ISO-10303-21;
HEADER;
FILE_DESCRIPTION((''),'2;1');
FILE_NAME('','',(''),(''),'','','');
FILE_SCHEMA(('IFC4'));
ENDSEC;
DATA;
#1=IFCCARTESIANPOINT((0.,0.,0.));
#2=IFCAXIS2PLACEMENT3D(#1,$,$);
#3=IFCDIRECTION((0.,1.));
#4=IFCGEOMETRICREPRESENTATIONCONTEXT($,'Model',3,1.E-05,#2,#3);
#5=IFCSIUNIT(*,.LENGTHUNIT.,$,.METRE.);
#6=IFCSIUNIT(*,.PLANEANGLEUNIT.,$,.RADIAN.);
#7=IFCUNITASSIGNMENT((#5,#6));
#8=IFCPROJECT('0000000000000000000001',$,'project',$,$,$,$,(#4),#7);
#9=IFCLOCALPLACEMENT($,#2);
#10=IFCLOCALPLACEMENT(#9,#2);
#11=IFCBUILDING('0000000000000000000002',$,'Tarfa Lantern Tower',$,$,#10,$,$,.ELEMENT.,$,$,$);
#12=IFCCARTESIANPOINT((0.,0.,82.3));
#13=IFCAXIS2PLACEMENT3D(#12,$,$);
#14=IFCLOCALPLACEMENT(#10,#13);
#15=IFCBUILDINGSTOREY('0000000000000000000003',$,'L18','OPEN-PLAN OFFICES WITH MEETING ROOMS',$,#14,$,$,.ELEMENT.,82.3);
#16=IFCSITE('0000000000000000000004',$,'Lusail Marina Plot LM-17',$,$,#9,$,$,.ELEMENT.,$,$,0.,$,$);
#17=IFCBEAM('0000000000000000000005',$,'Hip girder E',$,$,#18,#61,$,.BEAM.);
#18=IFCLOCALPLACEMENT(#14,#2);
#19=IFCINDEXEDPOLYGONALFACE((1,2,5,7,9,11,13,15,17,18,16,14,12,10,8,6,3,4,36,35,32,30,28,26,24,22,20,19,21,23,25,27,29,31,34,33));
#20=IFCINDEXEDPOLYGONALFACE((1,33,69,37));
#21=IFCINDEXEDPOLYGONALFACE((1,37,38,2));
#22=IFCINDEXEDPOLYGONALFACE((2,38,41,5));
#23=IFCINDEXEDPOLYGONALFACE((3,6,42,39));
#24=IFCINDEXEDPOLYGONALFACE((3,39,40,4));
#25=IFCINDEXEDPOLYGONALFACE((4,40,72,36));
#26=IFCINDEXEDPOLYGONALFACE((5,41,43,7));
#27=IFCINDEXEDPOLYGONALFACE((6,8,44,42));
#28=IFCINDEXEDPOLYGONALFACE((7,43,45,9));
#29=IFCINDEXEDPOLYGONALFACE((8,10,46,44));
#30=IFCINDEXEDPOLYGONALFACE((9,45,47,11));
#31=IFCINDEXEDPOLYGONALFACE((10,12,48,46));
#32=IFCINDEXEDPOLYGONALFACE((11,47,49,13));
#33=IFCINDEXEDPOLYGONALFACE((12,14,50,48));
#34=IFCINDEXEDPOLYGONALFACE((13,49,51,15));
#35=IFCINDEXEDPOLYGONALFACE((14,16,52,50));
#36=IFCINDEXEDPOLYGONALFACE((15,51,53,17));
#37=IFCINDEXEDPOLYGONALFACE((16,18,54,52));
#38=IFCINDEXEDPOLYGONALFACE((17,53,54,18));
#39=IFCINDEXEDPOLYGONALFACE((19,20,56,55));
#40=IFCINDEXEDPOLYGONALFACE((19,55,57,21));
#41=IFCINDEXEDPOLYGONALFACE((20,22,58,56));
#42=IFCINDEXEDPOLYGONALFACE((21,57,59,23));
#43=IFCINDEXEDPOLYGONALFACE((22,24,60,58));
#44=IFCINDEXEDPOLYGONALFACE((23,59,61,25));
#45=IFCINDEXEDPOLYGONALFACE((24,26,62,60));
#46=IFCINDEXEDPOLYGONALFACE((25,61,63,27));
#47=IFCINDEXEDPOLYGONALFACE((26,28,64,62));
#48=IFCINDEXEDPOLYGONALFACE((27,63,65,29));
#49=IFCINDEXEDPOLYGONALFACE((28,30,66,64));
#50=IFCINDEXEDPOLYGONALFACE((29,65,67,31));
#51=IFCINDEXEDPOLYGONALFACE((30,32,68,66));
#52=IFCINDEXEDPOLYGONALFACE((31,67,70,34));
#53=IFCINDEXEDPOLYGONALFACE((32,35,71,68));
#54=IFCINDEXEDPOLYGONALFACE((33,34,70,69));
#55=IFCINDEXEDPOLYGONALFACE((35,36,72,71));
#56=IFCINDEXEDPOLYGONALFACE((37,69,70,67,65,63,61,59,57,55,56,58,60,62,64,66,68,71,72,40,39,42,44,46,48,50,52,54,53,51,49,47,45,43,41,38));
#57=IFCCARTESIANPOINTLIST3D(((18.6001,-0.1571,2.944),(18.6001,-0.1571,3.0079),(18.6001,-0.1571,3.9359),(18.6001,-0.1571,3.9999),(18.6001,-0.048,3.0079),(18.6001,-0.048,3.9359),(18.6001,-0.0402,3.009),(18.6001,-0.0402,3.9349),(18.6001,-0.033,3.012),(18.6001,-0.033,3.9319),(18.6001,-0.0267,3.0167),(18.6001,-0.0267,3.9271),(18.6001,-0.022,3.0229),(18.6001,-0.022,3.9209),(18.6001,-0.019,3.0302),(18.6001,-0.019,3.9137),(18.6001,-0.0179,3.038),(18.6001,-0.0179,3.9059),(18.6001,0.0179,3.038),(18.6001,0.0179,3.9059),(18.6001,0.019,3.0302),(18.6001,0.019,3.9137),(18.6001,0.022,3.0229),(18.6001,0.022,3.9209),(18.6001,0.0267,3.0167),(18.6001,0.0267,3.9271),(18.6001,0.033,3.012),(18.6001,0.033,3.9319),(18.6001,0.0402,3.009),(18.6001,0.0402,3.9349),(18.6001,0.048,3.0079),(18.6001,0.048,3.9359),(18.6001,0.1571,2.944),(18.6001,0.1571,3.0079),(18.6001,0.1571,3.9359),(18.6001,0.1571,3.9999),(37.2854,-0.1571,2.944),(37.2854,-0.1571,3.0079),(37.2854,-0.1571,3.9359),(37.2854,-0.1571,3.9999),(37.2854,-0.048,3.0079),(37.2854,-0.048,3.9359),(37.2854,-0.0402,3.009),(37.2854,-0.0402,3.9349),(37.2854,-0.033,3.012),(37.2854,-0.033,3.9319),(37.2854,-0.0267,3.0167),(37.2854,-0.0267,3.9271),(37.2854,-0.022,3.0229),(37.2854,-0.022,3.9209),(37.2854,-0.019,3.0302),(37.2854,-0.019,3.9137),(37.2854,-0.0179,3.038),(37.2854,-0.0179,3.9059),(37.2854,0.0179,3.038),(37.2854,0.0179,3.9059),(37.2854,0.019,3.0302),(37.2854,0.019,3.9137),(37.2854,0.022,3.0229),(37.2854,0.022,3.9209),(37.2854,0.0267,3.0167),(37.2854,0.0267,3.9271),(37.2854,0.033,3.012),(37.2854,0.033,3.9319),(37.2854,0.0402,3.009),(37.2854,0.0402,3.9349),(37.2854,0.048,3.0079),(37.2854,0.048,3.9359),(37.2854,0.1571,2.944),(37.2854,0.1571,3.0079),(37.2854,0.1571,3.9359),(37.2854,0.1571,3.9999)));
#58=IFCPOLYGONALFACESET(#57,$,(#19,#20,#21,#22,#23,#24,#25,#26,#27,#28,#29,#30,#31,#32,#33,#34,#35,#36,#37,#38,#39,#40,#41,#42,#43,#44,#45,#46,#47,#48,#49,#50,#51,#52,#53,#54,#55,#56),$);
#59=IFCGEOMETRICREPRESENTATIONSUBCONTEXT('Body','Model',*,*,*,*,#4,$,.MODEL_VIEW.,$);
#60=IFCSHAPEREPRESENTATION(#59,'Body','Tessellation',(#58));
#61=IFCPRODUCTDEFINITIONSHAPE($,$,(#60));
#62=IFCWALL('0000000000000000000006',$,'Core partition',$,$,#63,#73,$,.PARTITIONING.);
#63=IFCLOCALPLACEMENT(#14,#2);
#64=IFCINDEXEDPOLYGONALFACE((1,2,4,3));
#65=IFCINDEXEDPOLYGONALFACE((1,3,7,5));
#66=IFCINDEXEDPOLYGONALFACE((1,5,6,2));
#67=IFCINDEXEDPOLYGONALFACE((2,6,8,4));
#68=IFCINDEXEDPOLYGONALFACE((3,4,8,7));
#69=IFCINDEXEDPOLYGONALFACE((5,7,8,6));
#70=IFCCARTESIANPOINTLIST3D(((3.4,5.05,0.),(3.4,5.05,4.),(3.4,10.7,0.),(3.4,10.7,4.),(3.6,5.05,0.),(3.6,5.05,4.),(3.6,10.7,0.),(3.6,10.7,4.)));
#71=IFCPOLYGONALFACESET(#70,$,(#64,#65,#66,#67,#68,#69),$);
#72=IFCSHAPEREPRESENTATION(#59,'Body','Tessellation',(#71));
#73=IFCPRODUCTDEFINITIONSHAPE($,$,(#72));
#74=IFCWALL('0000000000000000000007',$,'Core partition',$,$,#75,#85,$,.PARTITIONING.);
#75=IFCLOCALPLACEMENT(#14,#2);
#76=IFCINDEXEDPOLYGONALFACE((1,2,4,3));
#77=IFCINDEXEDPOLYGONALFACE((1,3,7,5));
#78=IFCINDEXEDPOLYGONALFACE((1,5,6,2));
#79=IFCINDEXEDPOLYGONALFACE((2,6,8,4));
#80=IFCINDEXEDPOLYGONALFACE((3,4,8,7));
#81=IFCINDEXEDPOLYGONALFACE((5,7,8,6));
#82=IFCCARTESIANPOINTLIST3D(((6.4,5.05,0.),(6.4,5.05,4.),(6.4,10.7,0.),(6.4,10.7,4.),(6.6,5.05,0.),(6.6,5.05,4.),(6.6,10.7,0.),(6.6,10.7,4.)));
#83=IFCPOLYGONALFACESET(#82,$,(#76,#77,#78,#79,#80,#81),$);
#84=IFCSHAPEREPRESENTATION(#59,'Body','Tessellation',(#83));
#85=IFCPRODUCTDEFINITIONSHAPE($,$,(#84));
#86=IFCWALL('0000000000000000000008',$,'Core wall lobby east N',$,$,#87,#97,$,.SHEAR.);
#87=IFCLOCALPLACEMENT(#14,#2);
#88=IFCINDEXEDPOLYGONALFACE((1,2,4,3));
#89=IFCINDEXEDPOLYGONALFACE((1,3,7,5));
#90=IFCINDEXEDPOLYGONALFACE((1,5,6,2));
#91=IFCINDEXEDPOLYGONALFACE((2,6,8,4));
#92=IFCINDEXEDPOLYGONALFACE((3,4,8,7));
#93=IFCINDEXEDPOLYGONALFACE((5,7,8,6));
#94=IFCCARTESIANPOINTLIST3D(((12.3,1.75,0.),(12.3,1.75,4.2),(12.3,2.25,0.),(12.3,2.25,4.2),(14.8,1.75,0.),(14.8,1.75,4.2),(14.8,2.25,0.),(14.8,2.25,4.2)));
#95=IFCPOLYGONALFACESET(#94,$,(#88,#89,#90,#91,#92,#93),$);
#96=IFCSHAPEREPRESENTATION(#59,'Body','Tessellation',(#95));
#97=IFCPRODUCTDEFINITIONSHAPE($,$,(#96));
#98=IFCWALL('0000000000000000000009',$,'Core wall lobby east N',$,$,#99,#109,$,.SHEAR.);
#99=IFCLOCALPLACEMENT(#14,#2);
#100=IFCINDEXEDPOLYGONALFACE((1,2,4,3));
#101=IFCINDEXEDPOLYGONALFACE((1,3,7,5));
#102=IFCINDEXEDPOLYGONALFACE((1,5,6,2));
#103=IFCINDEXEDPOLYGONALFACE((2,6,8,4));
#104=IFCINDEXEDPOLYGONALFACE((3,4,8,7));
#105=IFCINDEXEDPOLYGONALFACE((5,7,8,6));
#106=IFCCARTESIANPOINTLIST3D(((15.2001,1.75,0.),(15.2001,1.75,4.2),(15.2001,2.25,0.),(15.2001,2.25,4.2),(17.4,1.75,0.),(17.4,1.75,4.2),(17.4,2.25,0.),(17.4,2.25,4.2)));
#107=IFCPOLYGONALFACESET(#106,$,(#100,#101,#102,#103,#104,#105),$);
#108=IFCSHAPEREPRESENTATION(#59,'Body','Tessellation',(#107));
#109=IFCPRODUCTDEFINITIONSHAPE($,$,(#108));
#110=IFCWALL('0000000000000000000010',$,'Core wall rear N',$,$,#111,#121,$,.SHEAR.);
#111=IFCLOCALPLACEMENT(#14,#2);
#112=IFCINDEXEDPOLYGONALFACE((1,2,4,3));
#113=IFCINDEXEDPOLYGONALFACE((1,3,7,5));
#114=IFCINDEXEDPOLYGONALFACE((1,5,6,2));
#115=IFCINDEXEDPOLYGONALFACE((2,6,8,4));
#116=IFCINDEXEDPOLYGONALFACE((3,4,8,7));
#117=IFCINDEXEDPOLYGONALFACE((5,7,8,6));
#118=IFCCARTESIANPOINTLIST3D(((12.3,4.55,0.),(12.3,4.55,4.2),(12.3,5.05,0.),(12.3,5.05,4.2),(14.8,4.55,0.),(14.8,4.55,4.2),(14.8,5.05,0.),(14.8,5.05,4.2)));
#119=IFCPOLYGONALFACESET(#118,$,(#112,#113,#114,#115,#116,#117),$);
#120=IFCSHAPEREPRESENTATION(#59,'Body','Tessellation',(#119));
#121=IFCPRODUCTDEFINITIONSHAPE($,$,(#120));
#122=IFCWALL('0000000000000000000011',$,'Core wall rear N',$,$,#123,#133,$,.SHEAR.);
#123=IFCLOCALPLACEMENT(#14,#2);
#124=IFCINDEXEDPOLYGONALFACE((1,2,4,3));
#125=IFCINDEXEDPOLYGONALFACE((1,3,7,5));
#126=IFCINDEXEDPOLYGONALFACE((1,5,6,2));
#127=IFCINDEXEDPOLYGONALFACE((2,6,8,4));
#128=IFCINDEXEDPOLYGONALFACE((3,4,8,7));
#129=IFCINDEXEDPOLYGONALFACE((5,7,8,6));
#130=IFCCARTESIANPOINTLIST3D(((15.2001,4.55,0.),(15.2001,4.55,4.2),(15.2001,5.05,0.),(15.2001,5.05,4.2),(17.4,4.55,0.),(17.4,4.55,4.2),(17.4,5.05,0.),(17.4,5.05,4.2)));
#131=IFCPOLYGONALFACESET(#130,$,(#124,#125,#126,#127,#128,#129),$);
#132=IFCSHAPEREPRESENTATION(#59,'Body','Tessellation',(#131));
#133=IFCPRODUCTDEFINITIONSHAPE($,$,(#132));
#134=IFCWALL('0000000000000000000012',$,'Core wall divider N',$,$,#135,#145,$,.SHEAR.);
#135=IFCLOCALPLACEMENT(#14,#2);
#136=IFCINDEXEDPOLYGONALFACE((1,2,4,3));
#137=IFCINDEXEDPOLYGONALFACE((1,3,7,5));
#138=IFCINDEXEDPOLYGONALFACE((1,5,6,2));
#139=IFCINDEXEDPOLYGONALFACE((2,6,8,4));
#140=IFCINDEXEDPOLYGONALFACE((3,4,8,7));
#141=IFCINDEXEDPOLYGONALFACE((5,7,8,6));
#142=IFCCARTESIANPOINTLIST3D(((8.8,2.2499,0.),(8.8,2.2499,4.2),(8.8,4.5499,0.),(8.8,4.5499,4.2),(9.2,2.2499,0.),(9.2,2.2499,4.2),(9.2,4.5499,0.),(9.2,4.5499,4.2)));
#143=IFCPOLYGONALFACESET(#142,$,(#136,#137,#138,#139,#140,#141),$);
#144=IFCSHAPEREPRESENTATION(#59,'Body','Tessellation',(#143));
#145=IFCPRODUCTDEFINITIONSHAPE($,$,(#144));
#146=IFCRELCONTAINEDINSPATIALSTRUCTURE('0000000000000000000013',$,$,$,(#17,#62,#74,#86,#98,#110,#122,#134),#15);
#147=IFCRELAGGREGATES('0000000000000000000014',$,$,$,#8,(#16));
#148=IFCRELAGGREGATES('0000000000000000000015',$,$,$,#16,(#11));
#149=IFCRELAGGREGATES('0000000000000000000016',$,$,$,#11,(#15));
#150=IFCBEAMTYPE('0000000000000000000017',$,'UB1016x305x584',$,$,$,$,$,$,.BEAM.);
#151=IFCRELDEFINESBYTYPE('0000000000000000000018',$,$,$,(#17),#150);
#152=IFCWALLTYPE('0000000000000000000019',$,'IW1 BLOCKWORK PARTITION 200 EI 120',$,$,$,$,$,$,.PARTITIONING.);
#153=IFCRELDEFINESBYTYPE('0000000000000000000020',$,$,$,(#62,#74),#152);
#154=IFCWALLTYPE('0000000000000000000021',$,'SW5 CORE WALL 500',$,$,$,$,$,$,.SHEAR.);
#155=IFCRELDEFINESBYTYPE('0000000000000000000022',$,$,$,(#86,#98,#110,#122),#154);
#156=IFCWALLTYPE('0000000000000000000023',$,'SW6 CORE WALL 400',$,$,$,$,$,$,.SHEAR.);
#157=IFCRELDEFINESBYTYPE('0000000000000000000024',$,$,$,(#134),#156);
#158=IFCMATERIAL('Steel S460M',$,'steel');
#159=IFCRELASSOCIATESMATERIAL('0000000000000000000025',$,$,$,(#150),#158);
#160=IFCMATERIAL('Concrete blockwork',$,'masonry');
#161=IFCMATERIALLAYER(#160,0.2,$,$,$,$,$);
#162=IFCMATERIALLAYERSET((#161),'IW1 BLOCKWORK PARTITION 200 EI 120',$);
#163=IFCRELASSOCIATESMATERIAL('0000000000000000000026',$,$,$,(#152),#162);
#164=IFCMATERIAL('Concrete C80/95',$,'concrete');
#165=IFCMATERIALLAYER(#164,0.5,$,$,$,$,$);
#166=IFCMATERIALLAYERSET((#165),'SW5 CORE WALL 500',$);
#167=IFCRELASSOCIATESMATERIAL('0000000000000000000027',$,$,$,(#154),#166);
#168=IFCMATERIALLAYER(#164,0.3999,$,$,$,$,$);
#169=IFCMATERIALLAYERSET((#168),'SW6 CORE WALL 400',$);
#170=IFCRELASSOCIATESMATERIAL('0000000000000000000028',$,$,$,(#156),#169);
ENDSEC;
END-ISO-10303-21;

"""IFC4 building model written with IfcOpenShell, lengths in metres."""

from ifc_helpers import new_model, si_unit, direction, frame, frame_2d, origin, origin_2d, place, context, subcontext, project, spatial, rectangle, i_section, extrude, material, layer, layer_set, material_profile, profile_set, type_object, element, save


model = new_model("IFC4")

# Units and contexts
model_context = context("Model", 3, precision=1e-05, world=origin(), true_north=direction((0.0, 1.0)))
body_context = subcontext(model_context, "Body", "Model", "MODEL_VIEW")
ifc_project = project(units=[si_unit("LENGTHUNIT", "METRE"), si_unit("PLANEANGLEUNIT", "RADIAN")], contexts=[model_context])

# Site, building, storey
site_placement = place(None, origin())
site = spatial("IfcSite", under=ifc_project, at=site_placement, Name="Lusail Marina Plot LM-17", CompositionType="ELEMENT", RefElevation=0.0)
building_placement = place(site_placement, origin())
building = spatial("IfcBuilding", under=site, at=building_placement, Name="Tarfa Lantern Tower", CompositionType="ELEMENT")
storey_placement = place(building_placement, frame((0.0, 0.0, 82.3)))
storey = spatial("IfcBuildingStorey", under=building, at=storey_placement, Name="L18", Description="OPEN-PLAN OFFICES WITH MEETING ROOMS", CompositionType="ELEMENT", Elevation=82.3)

# Beam
ifc_material_1 = material(Name="Steel S460M", Category="steel")
ifc_material_profile = material_profile(ifc_material_1, i_section(OverallWidth=0.3142, OverallDepth=1.0559, WebThickness=0.0359, FlangeThickness=0.064, FilletRadius=0.03, at=origin_2d()), Name="UB1016x305x584")
ifc_profile_set = profile_set([ifc_material_profile], Name="Steel S460M")
beam_type = type_object("IfcBeamType", Name="UB1016x305x584", PredefinedType="BEAM", material=ifc_profile_set)
beam_placement = place(storey_placement, frame((18.6001, 0.0, 3.4719), z_axis=(1.0, 0.0, 0.0), x_axis=(0.0, 1.0, 0.0)))
element("IfcBeam", 1, at=beam_placement, inside=storey, type_object=beam_type, Name="Hip girder E", PredefinedType="BEAM", context=body_context, shape_type="SweptSolid", body=[
    extrude(i_section(OverallWidth=0.3142, OverallDepth=1.0559, WebThickness=0.0359, FlangeThickness=0.064, FilletRadius=0.03, at=origin_2d()), origin(), (0.0, 0.0, 1.0), 18.6853),
])

# Walls
ifc_material_2 = material(Name="Concrete blockwork", Category="masonry")
ifc_layer_1 = layer(ifc_material_2, 0.2)
ifc_layer_set_1 = layer_set([ifc_layer_1], Name="IW1 BLOCKWORK PARTITION 200 EI 120")
wall_type_1 = type_object("IfcWallType", Name="IW1 BLOCKWORK PARTITION 200 EI 120", PredefinedType="PARTITIONING", material=ifc_layer_set_1)
for number, where, z_axis, x_axis, name in (
    (2, (3.5, 5.05, 0.0), (0.0, 0.0, 1.0), (0.0, 1.0, 0.0), "Core partition"),
    (3, (6.5, 5.05, 0.0), (0.0, 0.0, 1.0), (0.0, 1.0, 0.0), "Core partition"),
):
    element("IfcWall", number, at=place(storey_placement, frame(where, z_axis=z_axis, x_axis=x_axis)), inside=storey, type_object=wall_type_1, Name=name, PredefinedType="PARTITIONING", context=body_context, shape_type="SweptSolid", body=[
        extrude(rectangle(XDim=5.6499, YDim=0.2, at=frame_2d((2.825, 0.0))), origin(), (0.0, 0.0, 1.0), 4.0),
    ])
ifc_material_3 = material(Name="Concrete C80/95", Category="concrete")
ifc_layer_2 = layer(ifc_material_3, 0.5)
ifc_layer_set_2 = layer_set([ifc_layer_2], Name="SW5 CORE WALL 500")
wall_type_2 = type_object("IfcWallType", Name="SW5 CORE WALL 500", PredefinedType="SHEAR", material=ifc_layer_set_2)
wall_1_placement = place(storey_placement, frame((12.3, 2.0, 0.0), z_axis=(0.0, 0.0, 1.0), x_axis=(1.0, 0.0, 0.0)))
element("IfcWall", 4, at=wall_1_placement, inside=storey, type_object=wall_type_2, Name="Core wall lobby east N", PredefinedType="SHEAR", context=body_context, shape_type="SweptSolid", body=[
    extrude(rectangle(XDim=2.5, YDim=0.5, at=frame_2d((1.25, 0.0))), origin(), (0.0, 0.0, 1.0), 4.2),
])
wall_2_placement = place(storey_placement, frame((15.2, 2.0, 0.0), z_axis=(0.0, 0.0, 1.0), x_axis=(1.0, 0.0, 0.0)))
element("IfcWall", 5, at=wall_2_placement, inside=storey, type_object=wall_type_2, Name="Core wall lobby east N", PredefinedType="SHEAR", context=body_context, shape_type="SweptSolid", body=[
    extrude(rectangle(XDim=2.2, YDim=0.5, at=frame_2d((1.1001, 0.0))), origin(), (0.0, 0.0, 1.0), 4.2),
])
wall_3_placement = place(storey_placement, frame((12.3, 4.8, 0.0), z_axis=(0.0, 0.0, 1.0), x_axis=(1.0, 0.0, 0.0)))
element("IfcWall", 6, at=wall_3_placement, inside=storey, type_object=wall_type_2, Name="Core wall rear N", PredefinedType="SHEAR", context=body_context, shape_type="SweptSolid", body=[
    extrude(rectangle(XDim=2.5, YDim=0.5, at=frame_2d((1.25, 0.0))), origin(), (0.0, 0.0, 1.0), 4.2),
])
wall_4_placement = place(storey_placement, frame((15.2, 4.8, 0.0), z_axis=(0.0, 0.0, 1.0), x_axis=(1.0, 0.0, 0.0)))
element("IfcWall", 7, at=wall_4_placement, inside=storey, type_object=wall_type_2, Name="Core wall rear N", PredefinedType="SHEAR", context=body_context, shape_type="SweptSolid", body=[
    extrude(rectangle(XDim=2.2, YDim=0.5, at=frame_2d((1.1001, 0.0))), origin(), (0.0, 0.0, 1.0), 4.2),
])
ifc_layer_3 = layer(ifc_material_3, 0.3999)
ifc_layer_set_3 = layer_set([ifc_layer_3], Name="SW6 CORE WALL 400")
wall_type_3 = type_object("IfcWallType", Name="SW6 CORE WALL 400", PredefinedType="SHEAR", material=ifc_layer_set_3)
wall_5_placement = place(storey_placement, frame((9.0, 2.25, 0.0), z_axis=(0.0, 0.0, 1.0), x_axis=(0.0, 1.0, 0.0)))
element("IfcWall", 8, at=wall_5_placement, inside=storey, type_object=wall_type_3, Name="Core wall divider N", PredefinedType="SHEAR", context=body_context, shape_type="SweptSolid", body=[
    extrude(rectangle(XDim=2.3, YDim=0.3999, at=frame_2d((1.1499, 0.0))), origin(), (0.0, 0.0, 1.0), 4.2),
])

save(model, "model.ifc")
